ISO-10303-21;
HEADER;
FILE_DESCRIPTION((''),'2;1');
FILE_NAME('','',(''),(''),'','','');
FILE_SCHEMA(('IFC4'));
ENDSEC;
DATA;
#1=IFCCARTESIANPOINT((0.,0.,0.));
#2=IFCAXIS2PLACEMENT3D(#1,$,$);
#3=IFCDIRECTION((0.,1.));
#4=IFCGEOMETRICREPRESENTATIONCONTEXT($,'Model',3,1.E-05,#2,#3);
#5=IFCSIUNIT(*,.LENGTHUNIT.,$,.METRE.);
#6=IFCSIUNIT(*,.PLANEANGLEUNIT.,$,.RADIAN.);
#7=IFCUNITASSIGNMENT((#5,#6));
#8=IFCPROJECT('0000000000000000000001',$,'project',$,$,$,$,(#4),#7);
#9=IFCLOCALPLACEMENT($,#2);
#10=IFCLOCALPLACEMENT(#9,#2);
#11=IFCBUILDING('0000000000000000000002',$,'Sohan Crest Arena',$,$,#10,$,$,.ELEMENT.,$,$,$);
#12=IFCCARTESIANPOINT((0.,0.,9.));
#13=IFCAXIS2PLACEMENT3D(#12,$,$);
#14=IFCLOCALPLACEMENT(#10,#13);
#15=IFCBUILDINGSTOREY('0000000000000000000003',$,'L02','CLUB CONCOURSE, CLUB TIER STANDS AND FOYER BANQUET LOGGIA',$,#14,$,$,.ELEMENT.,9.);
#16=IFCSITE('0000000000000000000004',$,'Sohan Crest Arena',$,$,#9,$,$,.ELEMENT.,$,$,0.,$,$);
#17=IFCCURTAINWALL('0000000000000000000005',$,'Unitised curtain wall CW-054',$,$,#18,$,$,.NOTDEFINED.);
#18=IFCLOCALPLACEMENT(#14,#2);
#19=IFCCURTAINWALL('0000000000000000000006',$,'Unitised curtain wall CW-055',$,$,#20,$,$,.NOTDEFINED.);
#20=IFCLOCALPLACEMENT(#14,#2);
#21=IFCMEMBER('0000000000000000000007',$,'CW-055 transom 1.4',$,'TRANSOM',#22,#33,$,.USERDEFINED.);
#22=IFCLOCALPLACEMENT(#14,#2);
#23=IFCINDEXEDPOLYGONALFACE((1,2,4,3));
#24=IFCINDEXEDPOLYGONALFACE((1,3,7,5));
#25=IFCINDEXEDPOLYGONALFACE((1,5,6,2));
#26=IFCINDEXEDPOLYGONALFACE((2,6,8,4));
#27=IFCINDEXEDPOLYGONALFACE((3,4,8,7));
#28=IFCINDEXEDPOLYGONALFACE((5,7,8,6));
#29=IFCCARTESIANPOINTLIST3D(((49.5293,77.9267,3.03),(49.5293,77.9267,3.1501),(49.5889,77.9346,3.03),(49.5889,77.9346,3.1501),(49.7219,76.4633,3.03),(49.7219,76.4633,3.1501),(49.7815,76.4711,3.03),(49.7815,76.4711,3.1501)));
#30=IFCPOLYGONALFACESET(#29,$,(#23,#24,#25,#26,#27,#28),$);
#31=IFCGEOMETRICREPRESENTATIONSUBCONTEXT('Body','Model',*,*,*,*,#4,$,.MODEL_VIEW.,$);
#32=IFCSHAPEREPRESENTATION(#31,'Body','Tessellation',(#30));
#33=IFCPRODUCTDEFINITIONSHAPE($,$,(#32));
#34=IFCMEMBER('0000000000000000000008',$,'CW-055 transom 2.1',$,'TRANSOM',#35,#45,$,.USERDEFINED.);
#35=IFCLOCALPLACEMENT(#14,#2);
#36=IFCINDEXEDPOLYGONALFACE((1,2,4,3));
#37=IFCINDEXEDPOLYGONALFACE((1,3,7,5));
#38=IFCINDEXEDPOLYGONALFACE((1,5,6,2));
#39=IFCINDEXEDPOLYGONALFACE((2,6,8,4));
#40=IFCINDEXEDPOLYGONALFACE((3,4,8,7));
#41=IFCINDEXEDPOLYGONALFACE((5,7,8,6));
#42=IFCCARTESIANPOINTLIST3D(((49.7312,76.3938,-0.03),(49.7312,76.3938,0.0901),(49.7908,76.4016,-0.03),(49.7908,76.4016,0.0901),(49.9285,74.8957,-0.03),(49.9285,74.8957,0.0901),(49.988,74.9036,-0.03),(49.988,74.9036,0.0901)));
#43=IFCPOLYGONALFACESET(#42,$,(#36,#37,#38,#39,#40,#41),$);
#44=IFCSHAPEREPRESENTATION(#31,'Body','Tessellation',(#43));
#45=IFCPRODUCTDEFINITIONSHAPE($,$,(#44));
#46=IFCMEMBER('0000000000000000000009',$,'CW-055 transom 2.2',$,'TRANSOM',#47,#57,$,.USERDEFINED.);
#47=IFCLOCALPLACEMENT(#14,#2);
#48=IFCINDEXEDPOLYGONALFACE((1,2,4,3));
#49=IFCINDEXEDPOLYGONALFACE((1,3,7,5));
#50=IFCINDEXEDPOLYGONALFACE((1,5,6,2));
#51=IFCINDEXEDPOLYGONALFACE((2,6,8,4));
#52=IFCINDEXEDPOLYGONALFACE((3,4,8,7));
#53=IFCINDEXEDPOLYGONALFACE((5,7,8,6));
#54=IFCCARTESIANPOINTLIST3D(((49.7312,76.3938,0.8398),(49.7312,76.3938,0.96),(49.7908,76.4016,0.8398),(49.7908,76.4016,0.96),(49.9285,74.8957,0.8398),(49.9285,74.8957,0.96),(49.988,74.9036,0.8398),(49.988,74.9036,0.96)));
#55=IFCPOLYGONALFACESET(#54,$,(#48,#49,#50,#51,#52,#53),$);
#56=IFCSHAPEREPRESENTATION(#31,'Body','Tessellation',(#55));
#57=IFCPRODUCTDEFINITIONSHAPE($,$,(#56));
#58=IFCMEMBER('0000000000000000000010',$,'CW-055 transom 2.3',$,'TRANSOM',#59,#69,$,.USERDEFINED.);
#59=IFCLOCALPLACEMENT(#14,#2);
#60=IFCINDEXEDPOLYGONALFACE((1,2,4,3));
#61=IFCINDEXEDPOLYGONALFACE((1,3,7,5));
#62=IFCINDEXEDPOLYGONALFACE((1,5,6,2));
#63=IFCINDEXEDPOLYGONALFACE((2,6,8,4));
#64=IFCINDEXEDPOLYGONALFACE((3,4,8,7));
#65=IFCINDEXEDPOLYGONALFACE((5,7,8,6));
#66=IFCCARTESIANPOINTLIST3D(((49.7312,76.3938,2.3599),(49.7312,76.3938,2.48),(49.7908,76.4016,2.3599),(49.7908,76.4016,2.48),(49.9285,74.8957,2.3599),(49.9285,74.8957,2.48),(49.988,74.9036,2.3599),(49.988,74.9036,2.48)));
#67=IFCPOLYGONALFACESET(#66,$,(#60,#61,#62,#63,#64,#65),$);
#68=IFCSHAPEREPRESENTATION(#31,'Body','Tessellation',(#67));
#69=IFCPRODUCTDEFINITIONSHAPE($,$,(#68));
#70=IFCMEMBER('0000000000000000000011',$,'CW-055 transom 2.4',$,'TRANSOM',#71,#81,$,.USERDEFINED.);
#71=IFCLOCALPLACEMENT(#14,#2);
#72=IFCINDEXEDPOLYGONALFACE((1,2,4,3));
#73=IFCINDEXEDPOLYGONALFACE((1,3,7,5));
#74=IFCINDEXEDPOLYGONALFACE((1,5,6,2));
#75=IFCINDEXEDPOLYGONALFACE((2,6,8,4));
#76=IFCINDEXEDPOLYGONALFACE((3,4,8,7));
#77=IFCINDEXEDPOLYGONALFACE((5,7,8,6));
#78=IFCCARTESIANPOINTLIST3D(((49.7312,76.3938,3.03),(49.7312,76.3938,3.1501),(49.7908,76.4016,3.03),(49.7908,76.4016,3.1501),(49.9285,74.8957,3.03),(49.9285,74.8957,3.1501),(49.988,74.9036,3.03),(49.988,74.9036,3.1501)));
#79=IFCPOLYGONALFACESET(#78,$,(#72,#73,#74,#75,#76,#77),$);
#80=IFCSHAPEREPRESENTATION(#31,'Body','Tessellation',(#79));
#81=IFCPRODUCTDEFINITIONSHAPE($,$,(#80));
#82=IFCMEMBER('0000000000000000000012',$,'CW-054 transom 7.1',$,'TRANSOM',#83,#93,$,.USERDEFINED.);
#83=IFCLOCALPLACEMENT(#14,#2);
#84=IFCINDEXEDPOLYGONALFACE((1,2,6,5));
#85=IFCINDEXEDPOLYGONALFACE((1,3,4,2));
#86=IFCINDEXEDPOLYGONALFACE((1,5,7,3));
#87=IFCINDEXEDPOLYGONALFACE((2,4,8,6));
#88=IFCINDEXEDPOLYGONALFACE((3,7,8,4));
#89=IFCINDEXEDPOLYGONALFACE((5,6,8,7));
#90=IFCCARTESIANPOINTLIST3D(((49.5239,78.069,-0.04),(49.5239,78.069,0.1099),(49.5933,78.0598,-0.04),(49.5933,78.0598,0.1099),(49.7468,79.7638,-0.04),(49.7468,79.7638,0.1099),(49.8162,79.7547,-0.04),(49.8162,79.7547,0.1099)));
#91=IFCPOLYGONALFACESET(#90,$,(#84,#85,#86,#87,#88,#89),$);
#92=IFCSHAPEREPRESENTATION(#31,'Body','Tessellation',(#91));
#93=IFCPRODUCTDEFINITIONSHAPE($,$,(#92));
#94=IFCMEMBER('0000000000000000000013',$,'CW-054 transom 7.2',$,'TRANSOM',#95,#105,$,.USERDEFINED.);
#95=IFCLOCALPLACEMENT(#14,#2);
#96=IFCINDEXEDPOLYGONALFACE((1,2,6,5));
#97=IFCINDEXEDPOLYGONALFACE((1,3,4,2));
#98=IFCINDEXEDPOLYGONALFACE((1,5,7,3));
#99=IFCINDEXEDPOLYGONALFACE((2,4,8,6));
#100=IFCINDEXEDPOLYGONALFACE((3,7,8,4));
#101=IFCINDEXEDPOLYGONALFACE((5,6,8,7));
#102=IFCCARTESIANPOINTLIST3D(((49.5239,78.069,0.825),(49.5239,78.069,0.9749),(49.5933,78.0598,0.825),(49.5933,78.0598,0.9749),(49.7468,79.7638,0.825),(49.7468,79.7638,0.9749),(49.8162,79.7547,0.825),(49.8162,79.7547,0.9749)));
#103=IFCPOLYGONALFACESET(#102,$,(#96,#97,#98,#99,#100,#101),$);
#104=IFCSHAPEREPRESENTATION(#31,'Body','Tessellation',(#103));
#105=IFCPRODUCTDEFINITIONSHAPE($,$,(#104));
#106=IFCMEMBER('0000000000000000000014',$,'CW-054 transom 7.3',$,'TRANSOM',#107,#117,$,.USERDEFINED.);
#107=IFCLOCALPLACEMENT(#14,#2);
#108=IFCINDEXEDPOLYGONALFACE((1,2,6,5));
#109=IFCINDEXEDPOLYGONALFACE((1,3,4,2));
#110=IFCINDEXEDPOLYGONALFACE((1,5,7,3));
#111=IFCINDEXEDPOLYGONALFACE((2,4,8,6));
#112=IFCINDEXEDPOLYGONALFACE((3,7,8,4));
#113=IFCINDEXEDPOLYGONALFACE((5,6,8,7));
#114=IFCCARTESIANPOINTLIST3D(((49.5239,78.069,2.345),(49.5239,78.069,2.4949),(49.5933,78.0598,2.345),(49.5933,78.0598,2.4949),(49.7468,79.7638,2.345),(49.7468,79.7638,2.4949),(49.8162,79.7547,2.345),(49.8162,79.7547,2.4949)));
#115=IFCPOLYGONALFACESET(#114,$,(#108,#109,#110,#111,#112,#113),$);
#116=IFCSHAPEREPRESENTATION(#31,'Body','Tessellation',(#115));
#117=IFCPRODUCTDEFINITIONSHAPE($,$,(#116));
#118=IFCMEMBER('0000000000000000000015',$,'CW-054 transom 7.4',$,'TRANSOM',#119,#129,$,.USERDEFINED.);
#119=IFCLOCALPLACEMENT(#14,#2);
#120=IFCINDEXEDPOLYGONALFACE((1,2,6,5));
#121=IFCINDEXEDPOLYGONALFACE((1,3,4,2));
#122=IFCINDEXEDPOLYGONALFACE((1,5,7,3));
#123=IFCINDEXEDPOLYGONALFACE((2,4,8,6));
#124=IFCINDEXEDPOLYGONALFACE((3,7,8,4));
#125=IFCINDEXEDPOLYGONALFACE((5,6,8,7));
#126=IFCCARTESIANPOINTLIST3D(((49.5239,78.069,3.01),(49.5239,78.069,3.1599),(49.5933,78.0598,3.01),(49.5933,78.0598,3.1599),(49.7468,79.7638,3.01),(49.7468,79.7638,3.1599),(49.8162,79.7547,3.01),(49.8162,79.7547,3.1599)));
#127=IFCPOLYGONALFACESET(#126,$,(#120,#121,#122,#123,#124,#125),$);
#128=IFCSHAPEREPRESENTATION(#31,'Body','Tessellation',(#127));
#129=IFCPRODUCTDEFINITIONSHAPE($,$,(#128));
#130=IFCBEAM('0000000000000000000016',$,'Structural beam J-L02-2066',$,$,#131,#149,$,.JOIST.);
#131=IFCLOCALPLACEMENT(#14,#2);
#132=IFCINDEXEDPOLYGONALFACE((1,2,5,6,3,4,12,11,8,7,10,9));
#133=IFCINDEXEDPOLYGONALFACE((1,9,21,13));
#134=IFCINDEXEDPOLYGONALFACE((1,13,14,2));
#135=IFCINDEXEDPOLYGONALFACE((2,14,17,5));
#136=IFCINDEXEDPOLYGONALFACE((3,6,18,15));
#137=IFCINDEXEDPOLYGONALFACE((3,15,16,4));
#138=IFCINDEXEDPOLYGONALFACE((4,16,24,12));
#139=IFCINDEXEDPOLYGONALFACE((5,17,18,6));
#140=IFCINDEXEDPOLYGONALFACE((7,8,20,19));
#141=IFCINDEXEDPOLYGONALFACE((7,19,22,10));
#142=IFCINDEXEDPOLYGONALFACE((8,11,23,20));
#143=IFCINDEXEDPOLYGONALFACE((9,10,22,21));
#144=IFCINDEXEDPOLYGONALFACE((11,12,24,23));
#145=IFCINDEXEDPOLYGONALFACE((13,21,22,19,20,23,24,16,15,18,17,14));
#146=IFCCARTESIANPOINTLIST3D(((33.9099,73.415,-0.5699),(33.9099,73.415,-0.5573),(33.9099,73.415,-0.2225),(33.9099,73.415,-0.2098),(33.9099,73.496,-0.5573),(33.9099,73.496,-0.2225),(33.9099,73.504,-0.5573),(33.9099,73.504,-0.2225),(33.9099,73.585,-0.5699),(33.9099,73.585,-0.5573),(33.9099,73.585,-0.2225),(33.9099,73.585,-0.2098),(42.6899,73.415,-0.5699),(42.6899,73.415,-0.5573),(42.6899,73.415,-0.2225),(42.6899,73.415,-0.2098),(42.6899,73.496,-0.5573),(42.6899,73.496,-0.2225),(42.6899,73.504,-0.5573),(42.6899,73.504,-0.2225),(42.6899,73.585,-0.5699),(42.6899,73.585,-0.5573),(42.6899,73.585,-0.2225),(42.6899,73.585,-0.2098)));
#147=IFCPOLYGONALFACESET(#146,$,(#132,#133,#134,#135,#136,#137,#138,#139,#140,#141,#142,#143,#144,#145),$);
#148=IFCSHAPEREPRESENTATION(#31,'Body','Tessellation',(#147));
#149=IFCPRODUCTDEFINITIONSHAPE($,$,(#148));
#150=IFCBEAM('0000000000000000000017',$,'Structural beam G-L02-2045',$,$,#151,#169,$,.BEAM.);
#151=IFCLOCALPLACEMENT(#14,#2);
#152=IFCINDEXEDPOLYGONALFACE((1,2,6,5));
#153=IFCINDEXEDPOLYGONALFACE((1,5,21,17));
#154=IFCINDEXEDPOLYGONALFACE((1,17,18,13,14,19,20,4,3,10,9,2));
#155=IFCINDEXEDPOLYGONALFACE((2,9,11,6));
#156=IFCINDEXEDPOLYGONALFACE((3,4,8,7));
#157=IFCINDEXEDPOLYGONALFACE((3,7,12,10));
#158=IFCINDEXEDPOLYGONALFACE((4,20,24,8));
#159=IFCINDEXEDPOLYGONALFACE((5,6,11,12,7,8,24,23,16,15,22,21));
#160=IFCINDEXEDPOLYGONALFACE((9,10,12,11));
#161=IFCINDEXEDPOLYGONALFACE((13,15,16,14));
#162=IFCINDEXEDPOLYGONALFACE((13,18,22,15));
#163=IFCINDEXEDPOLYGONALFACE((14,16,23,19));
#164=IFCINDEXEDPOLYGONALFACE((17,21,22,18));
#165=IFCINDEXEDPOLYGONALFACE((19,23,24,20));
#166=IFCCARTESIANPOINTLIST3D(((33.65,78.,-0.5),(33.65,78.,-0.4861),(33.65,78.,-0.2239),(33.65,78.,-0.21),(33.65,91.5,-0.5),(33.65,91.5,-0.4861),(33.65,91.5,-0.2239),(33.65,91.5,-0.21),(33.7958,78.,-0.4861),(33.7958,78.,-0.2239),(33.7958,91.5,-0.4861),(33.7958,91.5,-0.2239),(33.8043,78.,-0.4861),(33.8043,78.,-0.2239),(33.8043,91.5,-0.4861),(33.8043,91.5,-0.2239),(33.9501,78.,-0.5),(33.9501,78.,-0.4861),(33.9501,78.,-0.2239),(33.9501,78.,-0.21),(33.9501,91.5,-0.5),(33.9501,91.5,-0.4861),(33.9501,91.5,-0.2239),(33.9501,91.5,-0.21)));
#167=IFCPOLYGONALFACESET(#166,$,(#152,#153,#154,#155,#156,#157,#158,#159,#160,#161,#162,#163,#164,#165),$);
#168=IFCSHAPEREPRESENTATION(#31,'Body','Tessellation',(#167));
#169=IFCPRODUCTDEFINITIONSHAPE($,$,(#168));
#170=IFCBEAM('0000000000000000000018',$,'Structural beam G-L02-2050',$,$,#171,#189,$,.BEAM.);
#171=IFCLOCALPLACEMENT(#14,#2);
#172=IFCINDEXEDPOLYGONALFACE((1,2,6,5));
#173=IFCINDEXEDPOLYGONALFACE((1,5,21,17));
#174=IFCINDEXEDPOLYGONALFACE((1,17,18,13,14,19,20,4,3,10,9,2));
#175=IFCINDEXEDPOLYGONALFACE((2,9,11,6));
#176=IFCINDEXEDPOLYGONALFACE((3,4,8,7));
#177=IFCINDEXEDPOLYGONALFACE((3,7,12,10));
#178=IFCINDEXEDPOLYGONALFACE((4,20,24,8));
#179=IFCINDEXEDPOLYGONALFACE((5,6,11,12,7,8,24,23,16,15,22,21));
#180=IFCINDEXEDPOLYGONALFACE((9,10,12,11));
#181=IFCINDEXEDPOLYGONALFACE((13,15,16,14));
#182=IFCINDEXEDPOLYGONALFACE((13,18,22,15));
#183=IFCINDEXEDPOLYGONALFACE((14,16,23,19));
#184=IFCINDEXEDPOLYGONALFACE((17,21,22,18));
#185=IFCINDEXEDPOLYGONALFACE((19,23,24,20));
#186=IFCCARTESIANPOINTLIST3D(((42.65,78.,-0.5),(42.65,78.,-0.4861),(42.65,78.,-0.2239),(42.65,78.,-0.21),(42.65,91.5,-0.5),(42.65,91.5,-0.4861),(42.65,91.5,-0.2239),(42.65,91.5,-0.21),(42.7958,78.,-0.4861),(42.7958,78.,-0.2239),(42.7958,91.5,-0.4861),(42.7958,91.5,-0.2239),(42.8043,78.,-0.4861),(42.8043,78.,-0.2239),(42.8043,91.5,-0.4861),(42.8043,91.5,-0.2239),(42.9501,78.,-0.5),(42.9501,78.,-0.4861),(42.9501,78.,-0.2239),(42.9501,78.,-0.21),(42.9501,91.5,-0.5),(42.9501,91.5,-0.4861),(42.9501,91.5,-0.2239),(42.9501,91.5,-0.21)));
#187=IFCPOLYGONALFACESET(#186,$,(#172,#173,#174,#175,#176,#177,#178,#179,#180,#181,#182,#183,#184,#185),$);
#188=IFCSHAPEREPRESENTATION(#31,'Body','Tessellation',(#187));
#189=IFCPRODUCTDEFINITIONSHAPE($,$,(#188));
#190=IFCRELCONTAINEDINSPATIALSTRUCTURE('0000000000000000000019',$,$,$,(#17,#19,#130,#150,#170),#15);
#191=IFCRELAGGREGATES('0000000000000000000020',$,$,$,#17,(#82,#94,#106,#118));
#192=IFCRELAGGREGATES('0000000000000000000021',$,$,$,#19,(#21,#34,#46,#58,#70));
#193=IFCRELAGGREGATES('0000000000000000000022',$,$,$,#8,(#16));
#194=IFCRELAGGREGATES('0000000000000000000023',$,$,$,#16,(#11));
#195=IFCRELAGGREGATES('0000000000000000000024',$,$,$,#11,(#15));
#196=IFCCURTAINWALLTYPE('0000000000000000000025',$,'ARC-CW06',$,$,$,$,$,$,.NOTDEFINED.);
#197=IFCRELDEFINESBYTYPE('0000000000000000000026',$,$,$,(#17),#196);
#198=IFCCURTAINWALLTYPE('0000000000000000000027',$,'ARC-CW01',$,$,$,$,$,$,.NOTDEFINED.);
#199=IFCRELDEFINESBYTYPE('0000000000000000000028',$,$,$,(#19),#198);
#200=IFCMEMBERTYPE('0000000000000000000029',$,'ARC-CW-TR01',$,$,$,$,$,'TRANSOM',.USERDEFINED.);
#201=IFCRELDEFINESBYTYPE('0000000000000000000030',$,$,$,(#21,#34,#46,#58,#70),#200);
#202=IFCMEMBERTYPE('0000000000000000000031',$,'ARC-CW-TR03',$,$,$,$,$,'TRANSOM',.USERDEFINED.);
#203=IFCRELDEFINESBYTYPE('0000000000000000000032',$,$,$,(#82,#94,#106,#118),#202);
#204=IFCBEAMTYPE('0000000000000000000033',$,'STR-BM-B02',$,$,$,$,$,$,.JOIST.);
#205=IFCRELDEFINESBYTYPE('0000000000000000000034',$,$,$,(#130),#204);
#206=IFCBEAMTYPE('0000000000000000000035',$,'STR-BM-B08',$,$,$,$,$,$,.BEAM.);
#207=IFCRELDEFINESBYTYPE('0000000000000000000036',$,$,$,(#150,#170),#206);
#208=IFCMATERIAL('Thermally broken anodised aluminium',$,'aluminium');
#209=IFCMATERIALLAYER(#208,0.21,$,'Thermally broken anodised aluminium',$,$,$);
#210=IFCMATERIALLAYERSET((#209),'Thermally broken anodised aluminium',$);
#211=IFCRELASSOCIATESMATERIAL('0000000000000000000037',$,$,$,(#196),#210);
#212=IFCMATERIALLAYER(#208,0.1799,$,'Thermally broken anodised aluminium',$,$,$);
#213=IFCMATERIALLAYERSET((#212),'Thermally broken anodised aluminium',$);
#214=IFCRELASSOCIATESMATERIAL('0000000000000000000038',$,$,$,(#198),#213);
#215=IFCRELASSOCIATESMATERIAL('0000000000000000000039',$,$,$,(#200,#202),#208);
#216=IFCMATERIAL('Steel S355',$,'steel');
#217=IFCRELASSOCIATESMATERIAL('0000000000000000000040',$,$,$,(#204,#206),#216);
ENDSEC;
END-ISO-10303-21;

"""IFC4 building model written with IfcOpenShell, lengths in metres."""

from ifc_helpers import new_model, si_unit, direction, frame, origin, origin_2d, place, context, subcontext, project, spatial, rectangle, i_section, extrude, material, layer, layer_set, material_profile, profile_set, type_object, element, aggregate, save


model = new_model("IFC4")

# Units and contexts
model_context = context("Model", 3, precision=1e-05, world=origin(), true_north=direction((0.0, 1.0)))
body_context = subcontext(model_context, "Body", "Model", "MODEL_VIEW")
ifc_project = project(units=[si_unit("LENGTHUNIT", "METRE"), si_unit("PLANEANGLEUNIT", "RADIAN")], contexts=[model_context])

# Site, building, storey
site_placement = place(None, origin())
site = spatial("IfcSite", under=ifc_project, at=site_placement, Name="Sohan Crest Arena", CompositionType="ELEMENT", RefElevation=0.0)
building_placement = place(site_placement, origin())
building = spatial("IfcBuilding", under=site, at=building_placement, Name="Sohan Crest Arena", CompositionType="ELEMENT")
storey_placement = place(building_placement, frame((0.0, 0.0, 9.0)))
storey = spatial("IfcBuildingStorey", under=building, at=storey_placement, Name="L02", Description="CLUB CONCOURSE, CLUB TIER STANDS AND FOYER BANQUET LOGGIA", CompositionType="ELEMENT", Elevation=9.0)

# Curtain walls, members
ifc_material_1 = material(Name="Thermally broken anodised aluminium", Category="aluminium")
ifc_layer_1 = layer(ifc_material_1, 0.21, Name="Thermally broken anodised aluminium")
ifc_layer_set_1 = layer_set([ifc_layer_1], Name="Thermally broken anodised aluminium")
curtain_wall_type_1 = type_object("IfcCurtainWallType", Name="ARC-CW06", PredefinedType="NOTDEFINED", material=ifc_layer_set_1)
curtain_wall_1_placement = place(storey_placement, origin())
curtain_wall_1 = element("IfcCurtainWall", 1, at=curtain_wall_1_placement, inside=storey, type_object=curtain_wall_type_1, Name="Unitised curtain wall CW-054", PredefinedType="NOTDEFINED")
ifc_layer_2 = layer(ifc_material_1, 0.1799, Name="Thermally broken anodised aluminium")
ifc_layer_set_2 = layer_set([ifc_layer_2], Name="Thermally broken anodised aluminium")
curtain_wall_type_2 = type_object("IfcCurtainWallType", Name="ARC-CW01", PredefinedType="NOTDEFINED", material=ifc_layer_set_2)
curtain_wall_2_placement = place(storey_placement, origin())
curtain_wall_2 = element("IfcCurtainWall", 2, at=curtain_wall_2_placement, inside=storey, type_object=curtain_wall_type_2, Name="Unitised curtain wall CW-055", PredefinedType="NOTDEFINED")
ifc_material_profile_1 = material_profile(ifc_material_1, rectangle(XDim=0.0601, YDim=0.1201, at=origin_2d()), Name="ALU-TRAN 60x120")
ifc_profile_set_1 = profile_set([ifc_material_profile_1], Name="Thermally broken anodised aluminium")
member_type_1 = type_object("IfcMemberType", Name="ARC-CW-TR01", ElementType="TRANSOM", PredefinedType="USERDEFINED", material=ifc_profile_set_1)
member_1_placement = place(storey_placement, frame((49.5591, 77.9307, 3.0901), z_axis=(0.130506, -0.991448, 0.0), x_axis=(0.991448, 0.130506, 0.0)))
member_1 = element("IfcMember", 3, at=member_1_placement, type_object=member_type_1, Name="CW-055 transom 1.4", ObjectType="TRANSOM", PredefinedType="USERDEFINED", context=body_context, shape_type="SweptSolid", body=[
    extrude(rectangle(XDim=0.0601, YDim=0.1201, at=origin_2d()), origin(), (0.0, 0.0, 1.0), 1.4761),
])
member_2_placement = place(storey_placement, frame((49.761, 76.3977, 0.03), z_axis=(0.130555, -0.991441, 0.0), x_axis=(0.991441, 0.130555, 0.0)))
member_2 = element("IfcMember", 4, at=member_2_placement, type_object=member_type_1, Name="CW-055 transom 2.1", ObjectType="TRANSOM", PredefinedType="USERDEFINED", context=body_context, shape_type="SweptSolid", body=[
    extrude(rectangle(XDim=0.0601, YDim=0.1201, at=origin_2d()), origin(), (0.0, 0.0, 1.0), 1.511),
])
member_3_placement = place(storey_placement, frame((49.761, 76.3977, 0.8999), z_axis=(0.130555, -0.991441, 0.0), x_axis=(0.991441, 0.130555, 0.0)))
member_3 = element("IfcMember", 5, at=member_3_placement, type_object=member_type_1, Name="CW-055 transom 2.2", ObjectType="TRANSOM", PredefinedType="USERDEFINED", context=body_context, shape_type="SweptSolid", body=[
    extrude(rectangle(XDim=0.0601, YDim=0.1201, at=origin_2d()), origin(), (0.0, 0.0, 1.0), 1.511),
])
member_4_placement = place(storey_placement, frame((49.761, 76.3977, 2.4199), z_axis=(0.130555, -0.991441, 0.0), x_axis=(0.991441, 0.130555, 0.0)))
member_4 = element("IfcMember", 6, at=member_4_placement, type_object=member_type_1, Name="CW-055 transom 2.3", ObjectType="TRANSOM", PredefinedType="USERDEFINED", context=body_context, shape_type="SweptSolid", body=[
    extrude(rectangle(XDim=0.0601, YDim=0.1201, at=origin_2d()), origin(), (0.0, 0.0, 1.0), 1.511),
])
member_5_placement = place(storey_placement, frame((49.761, 76.3977, 3.0901), z_axis=(0.130555, -0.991441, 0.0), x_axis=(0.991441, 0.130555, 0.0)))
member_5 = element("IfcMember", 7, at=member_5_placement, type_object=member_type_1, Name="CW-055 transom 2.4", ObjectType="TRANSOM", PredefinedType="USERDEFINED", context=body_context, shape_type="SweptSolid", body=[
    extrude(rectangle(XDim=0.0601, YDim=0.1201, at=origin_2d()), origin(), (0.0, 0.0, 1.0), 1.511),
])

# Members
ifc_material_profile_2 = material_profile(ifc_material_1, rectangle(XDim=0.0701, YDim=0.1499, at=origin_2d()), Name="ALU-TRAN 70x150")
ifc_profile_set_2 = profile_set([ifc_material_profile_2], Name="Thermally broken anodised aluminium")
member_type_2 = type_object("IfcMemberType", Name="ARC-CW-TR03", ElementType="TRANSOM", PredefinedType="USERDEFINED", material=ifc_profile_set_2)
member_6_placement = place(storey_placement, frame((49.7815, 79.7593, 0.0349), z_axis=(-0.130395, -0.991462, 0.0), x_axis=(0.991462, -0.130395, 0.0)))
member_6 = element("IfcMember", 8, at=member_6_placement, type_object=member_type_2, Name="CW-054 transom 7.1", ObjectType="TRANSOM", PredefinedType="USERDEFINED", context=body_context, shape_type="SweptSolid", body=[
    extrude(rectangle(XDim=0.0701, YDim=0.1499, at=origin_2d()), origin(), (0.0, 0.0, 1.0), 1.7095),
])
member_7_placement = place(storey_placement, frame((49.7815, 79.7593, 0.8999), z_axis=(-0.130395, -0.991462, 0.0), x_axis=(0.991462, -0.130395, 0.0)))
member_7 = element("IfcMember", 9, at=member_7_placement, type_object=member_type_2, Name="CW-054 transom 7.2", ObjectType="TRANSOM", PredefinedType="USERDEFINED", context=body_context, shape_type="SweptSolid", body=[
    extrude(rectangle(XDim=0.0701, YDim=0.1499, at=origin_2d()), origin(), (0.0, 0.0, 1.0), 1.7095),
])
member_8_placement = place(storey_placement, frame((49.7815, 79.7593, 2.4199), z_axis=(-0.130395, -0.991462, 0.0), x_axis=(0.991462, -0.130395, 0.0)))
member_8 = element("IfcMember", 10, at=member_8_placement, type_object=member_type_2, Name="CW-054 transom 7.3", ObjectType="TRANSOM", PredefinedType="USERDEFINED", context=body_context, shape_type="SweptSolid", body=[
    extrude(rectangle(XDim=0.0701, YDim=0.1499, at=origin_2d()), origin(), (0.0, 0.0, 1.0), 1.7095),
])
member_9_placement = place(storey_placement, frame((49.7815, 79.7593, 3.085), z_axis=(-0.130395, -0.991462, 0.0), x_axis=(0.991462, -0.130395, 0.0)))
member_9 = element("IfcMember", 11, at=member_9_placement, type_object=member_type_2, Name="CW-054 transom 7.4", ObjectType="TRANSOM", PredefinedType="USERDEFINED", context=body_context, shape_type="SweptSolid", body=[
    extrude(rectangle(XDim=0.0701, YDim=0.1499, at=origin_2d()), origin(), (0.0, 0.0, 1.0), 1.7095),
])

# Beams
ifc_material_2 = material(Name="Steel S355", Category="steel")
ifc_material_profile_3 = material_profile(ifc_material_2, i_section(OverallWidth=0.1699, OverallDepth=0.3601, WebThickness=0.0081, FlangeThickness=0.0127, at=origin_2d()), Name="IPE 360")
ifc_profile_set_3 = profile_set([ifc_material_profile_3], Name="Steel S355")
beam_type_1 = type_object("IfcBeamType", Name="STR-BM-B02", PredefinedType="JOIST", material=ifc_profile_set_3)
beam_1_placement = place(storey_placement, frame((33.9099, 73.5, -0.3899), z_axis=(1.0, 0.0, 0.0), x_axis=(0.0, 1.0, 0.0)))
element("IfcBeam", 12, at=beam_1_placement, inside=storey, type_object=beam_type_1, Name="Structural beam J-L02-2066", PredefinedType="JOIST", context=body_context, shape_type="SweptSolid", body=[
    extrude(i_section(OverallWidth=0.1699, OverallDepth=0.3601, WebThickness=0.0081, FlangeThickness=0.0127, at=origin_2d()), origin(), (0.0, 0.0, 1.0), 8.78),
])
ifc_material_profile_4 = material_profile(ifc_material_2, i_section(OverallWidth=0.3, OverallDepth=0.29, WebThickness=0.0085, FlangeThickness=0.0139, at=origin_2d()), Name="HEA 300")
ifc_profile_set_4 = profile_set([ifc_material_profile_4], Name="Steel S355")
beam_type_2 = type_object("IfcBeamType", Name="STR-BM-B08", PredefinedType="BEAM", material=ifc_profile_set_4)
for number, where, z_axis, x_axis, name in (
    (13, (33.8, 78.0, -0.355), (0.0, 1.0, 0.0), (-1.0, 0.0, 0.0), "Structural beam G-L02-2045"),
    (14, (42.8, 78.0, -0.355), (0.0, 1.0, 0.0), (-1.0, 0.0, 0.0), "Structural beam G-L02-2050"),
):
    element("IfcBeam", number, at=place(storey_placement, frame(where, z_axis=z_axis, x_axis=x_axis)), inside=storey, type_object=beam_type_2, Name=name, PredefinedType="BEAM", context=body_context, shape_type="SweptSolid", body=[
        extrude(i_section(OverallWidth=0.3, OverallDepth=0.29, WebThickness=0.0085, FlangeThickness=0.0139, at=origin_2d()), origin(), (0.0, 0.0, 1.0), 13.5),
    ])

aggregate(curtain_wall_1, [member_6, member_7, member_8, member_9])
aggregate(curtain_wall_2, [member_1, member_2, member_3, member_4, member_5])

save(model, "model.ifc")
